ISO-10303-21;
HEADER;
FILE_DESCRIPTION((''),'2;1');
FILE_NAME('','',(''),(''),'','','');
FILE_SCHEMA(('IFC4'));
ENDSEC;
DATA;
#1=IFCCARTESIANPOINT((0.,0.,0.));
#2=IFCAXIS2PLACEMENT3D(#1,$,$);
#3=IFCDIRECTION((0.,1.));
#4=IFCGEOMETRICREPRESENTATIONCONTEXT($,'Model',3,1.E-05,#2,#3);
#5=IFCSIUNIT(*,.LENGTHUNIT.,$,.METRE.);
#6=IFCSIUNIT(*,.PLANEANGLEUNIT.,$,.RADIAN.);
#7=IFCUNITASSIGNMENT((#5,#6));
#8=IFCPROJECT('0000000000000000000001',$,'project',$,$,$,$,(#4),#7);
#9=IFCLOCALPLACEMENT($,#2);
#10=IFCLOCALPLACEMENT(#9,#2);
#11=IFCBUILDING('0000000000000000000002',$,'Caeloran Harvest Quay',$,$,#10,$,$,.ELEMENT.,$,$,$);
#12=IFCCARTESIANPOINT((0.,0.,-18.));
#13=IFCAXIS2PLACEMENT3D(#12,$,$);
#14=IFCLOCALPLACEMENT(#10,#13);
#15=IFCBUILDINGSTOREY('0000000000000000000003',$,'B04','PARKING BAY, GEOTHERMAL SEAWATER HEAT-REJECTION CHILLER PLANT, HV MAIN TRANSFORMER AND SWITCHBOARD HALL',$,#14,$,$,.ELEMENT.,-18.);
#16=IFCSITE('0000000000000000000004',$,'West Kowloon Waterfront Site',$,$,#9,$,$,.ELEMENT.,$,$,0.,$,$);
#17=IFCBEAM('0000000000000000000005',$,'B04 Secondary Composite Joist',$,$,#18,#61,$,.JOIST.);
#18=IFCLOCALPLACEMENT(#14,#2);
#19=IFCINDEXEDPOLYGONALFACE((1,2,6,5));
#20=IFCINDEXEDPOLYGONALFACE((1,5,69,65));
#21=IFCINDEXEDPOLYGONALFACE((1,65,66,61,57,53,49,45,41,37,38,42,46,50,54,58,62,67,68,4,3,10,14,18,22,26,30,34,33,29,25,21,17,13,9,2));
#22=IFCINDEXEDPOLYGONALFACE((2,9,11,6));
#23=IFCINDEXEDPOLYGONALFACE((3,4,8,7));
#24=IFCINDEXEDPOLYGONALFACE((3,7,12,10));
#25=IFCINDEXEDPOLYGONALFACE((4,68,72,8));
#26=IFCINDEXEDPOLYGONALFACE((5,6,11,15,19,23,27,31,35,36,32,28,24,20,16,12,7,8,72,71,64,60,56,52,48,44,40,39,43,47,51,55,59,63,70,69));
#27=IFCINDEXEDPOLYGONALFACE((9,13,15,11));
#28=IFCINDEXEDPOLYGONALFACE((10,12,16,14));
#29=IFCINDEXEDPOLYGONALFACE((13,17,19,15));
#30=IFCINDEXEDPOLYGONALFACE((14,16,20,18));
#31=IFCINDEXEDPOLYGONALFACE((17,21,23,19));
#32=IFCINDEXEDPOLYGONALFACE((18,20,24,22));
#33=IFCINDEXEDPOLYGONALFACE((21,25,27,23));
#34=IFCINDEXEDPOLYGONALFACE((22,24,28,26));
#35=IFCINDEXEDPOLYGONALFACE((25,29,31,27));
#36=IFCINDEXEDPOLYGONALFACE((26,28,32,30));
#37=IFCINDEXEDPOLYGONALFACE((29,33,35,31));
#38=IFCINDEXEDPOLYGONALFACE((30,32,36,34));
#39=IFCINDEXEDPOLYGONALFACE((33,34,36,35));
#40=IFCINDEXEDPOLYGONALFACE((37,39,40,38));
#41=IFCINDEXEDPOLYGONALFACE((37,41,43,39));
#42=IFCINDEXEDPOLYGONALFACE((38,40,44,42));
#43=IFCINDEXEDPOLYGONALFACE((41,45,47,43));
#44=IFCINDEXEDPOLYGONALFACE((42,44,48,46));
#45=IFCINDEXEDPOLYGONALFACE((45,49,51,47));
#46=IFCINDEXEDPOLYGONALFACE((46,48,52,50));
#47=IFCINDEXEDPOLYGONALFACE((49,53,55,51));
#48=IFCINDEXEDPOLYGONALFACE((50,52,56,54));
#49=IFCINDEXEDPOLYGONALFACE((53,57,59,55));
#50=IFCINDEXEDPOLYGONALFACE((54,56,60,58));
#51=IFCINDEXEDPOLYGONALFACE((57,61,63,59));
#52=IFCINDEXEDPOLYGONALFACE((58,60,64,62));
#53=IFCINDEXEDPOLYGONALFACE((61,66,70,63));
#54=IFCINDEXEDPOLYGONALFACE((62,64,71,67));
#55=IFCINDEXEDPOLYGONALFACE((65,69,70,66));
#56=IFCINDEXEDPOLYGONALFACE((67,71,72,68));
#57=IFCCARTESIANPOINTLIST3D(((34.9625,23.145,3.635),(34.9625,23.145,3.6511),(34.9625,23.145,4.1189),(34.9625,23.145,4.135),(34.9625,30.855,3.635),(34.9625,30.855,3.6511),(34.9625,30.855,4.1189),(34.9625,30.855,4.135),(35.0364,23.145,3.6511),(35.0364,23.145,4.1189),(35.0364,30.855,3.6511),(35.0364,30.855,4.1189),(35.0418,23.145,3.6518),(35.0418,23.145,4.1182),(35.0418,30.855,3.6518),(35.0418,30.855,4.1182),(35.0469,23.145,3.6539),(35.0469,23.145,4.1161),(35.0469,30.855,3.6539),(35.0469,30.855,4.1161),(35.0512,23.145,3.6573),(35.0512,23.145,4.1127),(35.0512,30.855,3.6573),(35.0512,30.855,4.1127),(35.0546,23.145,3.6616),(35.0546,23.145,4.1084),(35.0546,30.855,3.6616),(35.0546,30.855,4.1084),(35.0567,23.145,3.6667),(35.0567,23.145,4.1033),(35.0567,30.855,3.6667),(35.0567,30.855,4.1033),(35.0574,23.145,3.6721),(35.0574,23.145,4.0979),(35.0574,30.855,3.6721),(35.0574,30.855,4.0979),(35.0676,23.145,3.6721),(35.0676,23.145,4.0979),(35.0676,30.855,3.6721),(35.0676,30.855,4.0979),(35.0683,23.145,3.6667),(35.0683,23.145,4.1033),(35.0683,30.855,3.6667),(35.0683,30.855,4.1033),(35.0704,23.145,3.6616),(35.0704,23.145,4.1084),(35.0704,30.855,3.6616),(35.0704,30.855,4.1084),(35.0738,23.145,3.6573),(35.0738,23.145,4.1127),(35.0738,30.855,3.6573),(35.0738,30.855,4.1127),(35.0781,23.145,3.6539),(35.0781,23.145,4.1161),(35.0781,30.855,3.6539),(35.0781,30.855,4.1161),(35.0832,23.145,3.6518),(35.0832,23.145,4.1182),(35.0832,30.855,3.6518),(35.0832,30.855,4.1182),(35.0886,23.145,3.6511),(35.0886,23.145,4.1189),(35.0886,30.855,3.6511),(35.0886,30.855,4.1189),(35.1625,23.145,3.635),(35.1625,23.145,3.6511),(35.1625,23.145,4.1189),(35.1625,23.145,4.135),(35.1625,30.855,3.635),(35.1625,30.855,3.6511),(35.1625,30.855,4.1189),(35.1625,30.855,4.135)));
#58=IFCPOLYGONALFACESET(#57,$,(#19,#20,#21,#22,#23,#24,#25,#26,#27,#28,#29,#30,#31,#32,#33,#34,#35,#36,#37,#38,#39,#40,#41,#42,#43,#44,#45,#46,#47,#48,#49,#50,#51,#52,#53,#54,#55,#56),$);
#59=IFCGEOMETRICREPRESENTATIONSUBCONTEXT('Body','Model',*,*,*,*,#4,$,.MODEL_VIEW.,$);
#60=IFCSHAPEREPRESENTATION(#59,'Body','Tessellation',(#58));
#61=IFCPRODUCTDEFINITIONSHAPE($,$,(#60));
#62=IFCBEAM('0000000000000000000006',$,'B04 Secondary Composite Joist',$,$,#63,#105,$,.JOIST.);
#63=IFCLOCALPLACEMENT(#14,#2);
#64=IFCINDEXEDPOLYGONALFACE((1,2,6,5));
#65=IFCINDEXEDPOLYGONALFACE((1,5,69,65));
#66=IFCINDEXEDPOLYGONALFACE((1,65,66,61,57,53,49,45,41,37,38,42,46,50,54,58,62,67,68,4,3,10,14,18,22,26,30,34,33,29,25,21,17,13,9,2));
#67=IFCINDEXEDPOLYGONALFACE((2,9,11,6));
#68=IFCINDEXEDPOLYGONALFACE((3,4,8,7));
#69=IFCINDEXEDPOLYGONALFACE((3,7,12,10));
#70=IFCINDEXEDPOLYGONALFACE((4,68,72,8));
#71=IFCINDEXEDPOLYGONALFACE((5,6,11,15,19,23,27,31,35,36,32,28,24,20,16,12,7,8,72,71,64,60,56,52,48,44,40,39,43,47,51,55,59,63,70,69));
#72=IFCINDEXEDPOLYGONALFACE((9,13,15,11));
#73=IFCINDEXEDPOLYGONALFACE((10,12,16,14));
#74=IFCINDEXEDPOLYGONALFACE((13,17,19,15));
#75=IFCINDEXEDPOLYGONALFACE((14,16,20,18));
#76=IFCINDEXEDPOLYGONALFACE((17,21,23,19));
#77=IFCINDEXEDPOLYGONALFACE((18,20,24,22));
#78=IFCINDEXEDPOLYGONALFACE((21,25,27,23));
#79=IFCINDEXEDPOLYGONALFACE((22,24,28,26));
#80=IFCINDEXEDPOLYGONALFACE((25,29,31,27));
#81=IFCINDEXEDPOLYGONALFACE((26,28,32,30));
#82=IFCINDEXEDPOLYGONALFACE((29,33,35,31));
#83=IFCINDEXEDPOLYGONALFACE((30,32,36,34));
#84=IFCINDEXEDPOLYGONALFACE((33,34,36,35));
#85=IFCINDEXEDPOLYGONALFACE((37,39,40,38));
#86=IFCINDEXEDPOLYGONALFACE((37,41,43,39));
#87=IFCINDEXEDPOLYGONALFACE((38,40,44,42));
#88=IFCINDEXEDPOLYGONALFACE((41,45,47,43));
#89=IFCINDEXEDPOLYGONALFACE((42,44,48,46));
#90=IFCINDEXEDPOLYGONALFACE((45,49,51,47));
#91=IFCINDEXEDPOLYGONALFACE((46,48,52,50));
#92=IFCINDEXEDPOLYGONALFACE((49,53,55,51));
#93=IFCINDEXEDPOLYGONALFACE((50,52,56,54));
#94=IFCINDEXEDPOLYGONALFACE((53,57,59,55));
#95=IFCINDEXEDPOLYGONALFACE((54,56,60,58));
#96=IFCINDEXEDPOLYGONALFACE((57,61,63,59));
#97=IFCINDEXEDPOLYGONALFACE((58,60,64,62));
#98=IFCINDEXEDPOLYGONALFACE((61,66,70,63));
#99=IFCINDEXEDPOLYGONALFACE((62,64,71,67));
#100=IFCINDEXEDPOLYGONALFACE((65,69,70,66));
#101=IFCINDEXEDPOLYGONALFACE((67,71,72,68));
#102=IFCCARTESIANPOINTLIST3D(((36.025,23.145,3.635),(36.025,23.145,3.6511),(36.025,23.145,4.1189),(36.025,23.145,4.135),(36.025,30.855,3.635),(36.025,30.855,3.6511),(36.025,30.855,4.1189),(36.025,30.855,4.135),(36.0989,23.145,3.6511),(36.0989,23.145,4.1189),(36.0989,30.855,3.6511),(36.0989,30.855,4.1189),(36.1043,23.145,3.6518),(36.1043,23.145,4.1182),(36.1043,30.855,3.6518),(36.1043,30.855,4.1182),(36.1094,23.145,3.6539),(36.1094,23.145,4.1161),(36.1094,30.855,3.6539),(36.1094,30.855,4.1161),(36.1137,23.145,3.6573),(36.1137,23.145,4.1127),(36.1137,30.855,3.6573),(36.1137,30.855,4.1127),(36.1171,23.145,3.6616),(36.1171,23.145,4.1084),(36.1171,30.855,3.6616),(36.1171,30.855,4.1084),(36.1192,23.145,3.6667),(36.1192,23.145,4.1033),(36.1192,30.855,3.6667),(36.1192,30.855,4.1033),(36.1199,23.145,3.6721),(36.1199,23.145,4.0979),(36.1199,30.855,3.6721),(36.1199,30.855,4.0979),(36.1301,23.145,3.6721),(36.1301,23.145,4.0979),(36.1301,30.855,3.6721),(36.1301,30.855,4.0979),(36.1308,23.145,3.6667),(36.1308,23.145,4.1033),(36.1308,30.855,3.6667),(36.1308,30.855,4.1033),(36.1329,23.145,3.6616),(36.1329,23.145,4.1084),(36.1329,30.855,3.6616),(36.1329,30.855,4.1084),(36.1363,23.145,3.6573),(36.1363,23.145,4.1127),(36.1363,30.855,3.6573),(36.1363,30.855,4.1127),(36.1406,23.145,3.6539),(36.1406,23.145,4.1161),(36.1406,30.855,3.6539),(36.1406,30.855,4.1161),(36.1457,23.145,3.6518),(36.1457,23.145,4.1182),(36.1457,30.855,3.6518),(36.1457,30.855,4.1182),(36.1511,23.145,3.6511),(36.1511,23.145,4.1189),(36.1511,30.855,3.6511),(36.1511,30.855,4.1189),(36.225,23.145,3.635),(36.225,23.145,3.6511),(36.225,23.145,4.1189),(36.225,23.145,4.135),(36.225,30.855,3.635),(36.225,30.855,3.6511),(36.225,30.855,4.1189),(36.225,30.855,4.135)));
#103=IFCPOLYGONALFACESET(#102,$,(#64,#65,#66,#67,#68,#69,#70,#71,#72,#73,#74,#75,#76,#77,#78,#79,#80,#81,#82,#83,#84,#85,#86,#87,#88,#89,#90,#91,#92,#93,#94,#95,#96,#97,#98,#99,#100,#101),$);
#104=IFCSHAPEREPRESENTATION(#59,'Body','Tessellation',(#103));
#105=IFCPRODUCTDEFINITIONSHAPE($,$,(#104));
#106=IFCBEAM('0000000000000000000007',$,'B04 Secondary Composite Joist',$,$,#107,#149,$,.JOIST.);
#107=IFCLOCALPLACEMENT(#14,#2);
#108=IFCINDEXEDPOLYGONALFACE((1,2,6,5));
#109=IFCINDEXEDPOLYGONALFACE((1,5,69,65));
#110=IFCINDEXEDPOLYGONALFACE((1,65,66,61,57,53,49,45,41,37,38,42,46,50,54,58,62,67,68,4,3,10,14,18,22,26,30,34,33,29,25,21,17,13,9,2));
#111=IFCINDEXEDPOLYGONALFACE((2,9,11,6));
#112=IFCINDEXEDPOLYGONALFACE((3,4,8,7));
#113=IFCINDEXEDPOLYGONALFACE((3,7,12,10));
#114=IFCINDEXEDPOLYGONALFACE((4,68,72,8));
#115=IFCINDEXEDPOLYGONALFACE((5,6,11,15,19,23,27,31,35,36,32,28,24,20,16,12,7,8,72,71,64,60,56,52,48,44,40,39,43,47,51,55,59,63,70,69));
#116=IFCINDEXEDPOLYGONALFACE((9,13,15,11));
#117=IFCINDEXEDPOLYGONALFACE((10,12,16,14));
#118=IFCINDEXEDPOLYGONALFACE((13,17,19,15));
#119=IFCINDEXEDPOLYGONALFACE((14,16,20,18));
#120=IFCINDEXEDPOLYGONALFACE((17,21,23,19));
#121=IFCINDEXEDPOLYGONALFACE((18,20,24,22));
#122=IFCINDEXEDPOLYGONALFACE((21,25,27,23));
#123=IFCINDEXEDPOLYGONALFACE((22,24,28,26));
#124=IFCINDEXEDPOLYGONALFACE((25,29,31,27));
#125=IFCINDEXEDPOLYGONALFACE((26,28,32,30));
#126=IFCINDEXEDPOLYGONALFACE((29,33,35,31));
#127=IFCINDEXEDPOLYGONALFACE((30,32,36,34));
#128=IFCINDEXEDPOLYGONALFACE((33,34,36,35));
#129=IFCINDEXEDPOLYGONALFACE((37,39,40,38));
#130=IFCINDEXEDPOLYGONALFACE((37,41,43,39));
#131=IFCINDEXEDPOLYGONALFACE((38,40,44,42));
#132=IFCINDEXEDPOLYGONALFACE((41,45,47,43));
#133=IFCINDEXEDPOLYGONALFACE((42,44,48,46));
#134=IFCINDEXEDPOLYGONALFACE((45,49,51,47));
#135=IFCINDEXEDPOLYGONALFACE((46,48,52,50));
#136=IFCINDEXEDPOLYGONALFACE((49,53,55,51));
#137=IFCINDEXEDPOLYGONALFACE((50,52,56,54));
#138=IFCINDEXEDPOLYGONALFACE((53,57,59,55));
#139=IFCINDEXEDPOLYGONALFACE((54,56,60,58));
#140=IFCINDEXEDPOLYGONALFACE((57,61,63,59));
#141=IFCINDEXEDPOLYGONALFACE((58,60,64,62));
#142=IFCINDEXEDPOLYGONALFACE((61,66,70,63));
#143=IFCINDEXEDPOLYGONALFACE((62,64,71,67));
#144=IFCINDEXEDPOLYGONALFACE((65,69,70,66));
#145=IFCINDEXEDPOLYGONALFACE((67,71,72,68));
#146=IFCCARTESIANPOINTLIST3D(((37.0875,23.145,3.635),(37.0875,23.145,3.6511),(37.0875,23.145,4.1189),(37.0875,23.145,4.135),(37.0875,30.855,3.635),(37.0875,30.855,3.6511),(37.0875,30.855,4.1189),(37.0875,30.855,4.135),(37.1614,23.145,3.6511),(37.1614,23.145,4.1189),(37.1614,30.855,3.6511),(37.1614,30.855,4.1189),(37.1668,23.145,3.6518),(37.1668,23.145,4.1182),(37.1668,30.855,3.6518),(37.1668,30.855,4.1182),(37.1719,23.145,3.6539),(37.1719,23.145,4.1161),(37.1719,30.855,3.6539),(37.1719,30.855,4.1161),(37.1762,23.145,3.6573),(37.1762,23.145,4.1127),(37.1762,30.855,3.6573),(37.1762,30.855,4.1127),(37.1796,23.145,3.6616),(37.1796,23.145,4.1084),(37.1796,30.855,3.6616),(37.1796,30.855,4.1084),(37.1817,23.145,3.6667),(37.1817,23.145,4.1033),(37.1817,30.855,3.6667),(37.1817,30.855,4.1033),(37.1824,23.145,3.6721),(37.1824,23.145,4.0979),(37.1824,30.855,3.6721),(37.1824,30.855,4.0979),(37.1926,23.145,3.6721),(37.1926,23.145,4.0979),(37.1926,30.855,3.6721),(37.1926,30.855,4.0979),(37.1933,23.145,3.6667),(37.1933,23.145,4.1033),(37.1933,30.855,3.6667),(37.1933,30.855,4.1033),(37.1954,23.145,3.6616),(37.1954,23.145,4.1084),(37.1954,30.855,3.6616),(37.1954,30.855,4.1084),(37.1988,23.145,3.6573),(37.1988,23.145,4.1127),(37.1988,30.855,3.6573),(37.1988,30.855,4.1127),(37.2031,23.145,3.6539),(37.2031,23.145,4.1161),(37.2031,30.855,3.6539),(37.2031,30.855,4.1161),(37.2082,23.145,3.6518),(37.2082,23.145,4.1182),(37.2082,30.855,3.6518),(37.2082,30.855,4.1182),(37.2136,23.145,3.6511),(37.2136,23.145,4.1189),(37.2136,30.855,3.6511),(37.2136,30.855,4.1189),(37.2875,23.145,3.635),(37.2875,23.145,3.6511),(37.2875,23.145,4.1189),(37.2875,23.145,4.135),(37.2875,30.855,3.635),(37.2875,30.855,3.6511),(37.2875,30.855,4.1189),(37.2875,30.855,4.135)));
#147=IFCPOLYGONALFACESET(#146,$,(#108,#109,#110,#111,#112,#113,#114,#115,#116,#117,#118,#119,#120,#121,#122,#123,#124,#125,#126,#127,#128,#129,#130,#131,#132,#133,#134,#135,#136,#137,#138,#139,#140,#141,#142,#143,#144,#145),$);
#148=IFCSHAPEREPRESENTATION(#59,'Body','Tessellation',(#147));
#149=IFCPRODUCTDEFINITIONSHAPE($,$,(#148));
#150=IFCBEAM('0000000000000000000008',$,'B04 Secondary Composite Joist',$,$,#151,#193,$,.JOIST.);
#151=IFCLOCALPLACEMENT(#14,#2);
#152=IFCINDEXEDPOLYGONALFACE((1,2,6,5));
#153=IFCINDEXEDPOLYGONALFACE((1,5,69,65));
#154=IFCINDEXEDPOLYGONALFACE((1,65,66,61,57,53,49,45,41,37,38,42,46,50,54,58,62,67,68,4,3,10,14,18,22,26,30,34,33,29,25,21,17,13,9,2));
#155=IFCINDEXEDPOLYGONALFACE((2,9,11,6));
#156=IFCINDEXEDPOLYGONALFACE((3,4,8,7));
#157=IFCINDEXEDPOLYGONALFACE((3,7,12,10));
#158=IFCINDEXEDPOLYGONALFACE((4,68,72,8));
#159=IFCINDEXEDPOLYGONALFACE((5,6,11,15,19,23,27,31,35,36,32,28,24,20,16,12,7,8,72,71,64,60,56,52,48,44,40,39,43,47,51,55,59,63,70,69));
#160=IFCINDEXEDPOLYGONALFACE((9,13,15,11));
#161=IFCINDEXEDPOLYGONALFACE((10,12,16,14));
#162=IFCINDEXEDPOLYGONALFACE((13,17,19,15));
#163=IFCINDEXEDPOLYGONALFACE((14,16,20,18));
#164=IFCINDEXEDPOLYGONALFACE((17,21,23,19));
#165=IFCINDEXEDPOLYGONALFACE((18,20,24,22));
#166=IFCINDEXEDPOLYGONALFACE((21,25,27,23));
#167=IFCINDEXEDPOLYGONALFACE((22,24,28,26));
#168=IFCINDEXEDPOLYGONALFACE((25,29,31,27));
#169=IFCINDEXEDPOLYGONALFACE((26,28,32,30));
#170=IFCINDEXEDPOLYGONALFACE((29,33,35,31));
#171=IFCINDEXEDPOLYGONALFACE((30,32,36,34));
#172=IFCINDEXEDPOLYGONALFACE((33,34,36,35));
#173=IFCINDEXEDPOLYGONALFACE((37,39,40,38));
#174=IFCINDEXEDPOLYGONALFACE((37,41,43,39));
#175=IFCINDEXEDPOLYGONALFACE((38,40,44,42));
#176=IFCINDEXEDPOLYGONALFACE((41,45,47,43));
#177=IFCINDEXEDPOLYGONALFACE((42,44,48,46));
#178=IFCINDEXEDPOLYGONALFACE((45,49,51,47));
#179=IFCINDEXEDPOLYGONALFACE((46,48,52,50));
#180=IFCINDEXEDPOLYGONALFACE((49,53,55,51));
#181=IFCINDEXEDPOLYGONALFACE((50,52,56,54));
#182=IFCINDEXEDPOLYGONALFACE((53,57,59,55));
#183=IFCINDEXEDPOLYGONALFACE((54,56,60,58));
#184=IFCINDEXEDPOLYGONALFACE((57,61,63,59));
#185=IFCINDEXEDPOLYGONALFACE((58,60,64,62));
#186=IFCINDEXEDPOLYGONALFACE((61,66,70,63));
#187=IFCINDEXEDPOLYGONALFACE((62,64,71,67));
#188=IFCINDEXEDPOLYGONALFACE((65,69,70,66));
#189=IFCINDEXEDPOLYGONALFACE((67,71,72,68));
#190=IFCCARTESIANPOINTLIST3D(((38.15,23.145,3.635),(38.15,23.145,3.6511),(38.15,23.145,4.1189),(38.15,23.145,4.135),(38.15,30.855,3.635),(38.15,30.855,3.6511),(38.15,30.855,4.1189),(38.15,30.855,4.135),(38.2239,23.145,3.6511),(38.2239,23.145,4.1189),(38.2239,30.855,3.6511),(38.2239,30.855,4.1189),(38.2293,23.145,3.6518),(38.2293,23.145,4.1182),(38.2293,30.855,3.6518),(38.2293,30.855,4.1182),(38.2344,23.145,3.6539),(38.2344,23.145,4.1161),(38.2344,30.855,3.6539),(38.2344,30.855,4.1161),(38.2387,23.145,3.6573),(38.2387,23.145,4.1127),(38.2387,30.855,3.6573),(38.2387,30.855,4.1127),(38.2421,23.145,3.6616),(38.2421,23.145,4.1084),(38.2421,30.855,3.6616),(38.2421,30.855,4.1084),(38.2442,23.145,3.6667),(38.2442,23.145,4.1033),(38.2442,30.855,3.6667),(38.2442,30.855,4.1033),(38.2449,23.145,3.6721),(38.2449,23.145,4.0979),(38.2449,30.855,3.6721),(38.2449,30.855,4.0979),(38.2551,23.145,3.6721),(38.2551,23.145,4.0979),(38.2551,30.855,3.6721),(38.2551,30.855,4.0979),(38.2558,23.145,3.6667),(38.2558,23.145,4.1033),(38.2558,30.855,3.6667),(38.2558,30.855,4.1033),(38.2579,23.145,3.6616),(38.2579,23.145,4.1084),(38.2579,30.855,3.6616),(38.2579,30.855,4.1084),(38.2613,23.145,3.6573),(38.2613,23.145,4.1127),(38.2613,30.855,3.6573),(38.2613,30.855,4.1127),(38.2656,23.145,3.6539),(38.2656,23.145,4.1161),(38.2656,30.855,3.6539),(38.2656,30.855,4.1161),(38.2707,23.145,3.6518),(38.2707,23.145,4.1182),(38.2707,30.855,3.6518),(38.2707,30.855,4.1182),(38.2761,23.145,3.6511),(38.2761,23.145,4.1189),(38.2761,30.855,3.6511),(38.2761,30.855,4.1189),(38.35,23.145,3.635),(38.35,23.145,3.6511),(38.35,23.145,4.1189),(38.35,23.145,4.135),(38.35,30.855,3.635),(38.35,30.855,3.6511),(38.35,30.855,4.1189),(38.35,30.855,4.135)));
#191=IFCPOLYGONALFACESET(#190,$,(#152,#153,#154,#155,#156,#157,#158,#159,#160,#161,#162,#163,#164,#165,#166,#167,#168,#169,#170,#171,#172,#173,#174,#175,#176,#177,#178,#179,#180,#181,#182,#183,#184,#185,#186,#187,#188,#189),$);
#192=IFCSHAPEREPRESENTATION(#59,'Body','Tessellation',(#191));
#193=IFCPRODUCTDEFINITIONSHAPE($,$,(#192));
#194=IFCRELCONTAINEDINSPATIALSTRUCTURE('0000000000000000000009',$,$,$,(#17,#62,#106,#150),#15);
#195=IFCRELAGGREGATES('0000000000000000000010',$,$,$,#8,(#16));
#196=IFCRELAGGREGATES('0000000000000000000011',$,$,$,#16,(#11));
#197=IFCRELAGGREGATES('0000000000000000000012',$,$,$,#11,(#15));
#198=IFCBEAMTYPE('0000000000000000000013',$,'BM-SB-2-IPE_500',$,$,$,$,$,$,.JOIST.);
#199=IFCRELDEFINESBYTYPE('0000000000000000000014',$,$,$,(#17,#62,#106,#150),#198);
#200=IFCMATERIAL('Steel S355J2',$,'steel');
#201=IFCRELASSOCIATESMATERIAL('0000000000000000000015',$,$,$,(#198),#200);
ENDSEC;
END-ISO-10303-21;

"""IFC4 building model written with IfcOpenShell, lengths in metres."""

from ifc_helpers import new_model, si_unit, direction, frame, origin, origin_2d, place, context, subcontext, project, spatial, i_section, extrude, material, material_profile, profile_set, type_object, element, save


model = new_model("IFC4")

# Units and contexts
model_context = context("Model", 3, precision=1e-05, world=origin(), true_north=direction((0.0, 1.0)))
body_context = subcontext(model_context, "Body", "Model", "MODEL_VIEW")
ifc_project = project(units=[si_unit("LENGTHUNIT", "METRE"), si_unit("PLANEANGLEUNIT", "RADIAN")], contexts=[model_context])

# Site, building, storey
site_placement = place(None, origin())
site = spatial("IfcSite", under=ifc_project, at=site_placement, Name="West Kowloon Waterfront Site", CompositionType="ELEMENT", RefElevation=0.0)
building_placement = place(site_placement, origin())
building = spatial("IfcBuilding", under=site, at=building_placement, Name="Caeloran Harvest Quay", CompositionType="ELEMENT")
storey_placement = place(building_placement, frame((0.0, 0.0, -18.0)))
storey = spatial("IfcBuildingStorey", under=building, at=storey_placement, Name="B04", Description="PARKING BAY, GEOTHERMAL SEAWATER HEAT-REJECTION CHILLER PLANT, HV MAIN TRANSFORMER AND SWITCHBOARD HALL", CompositionType="ELEMENT", Elevation=-18.0)

# Beams
ifc_material_1 = material(Name="Steel S355J2", Category="steel")
ifc_material_profile_1 = material_profile(ifc_material_1, i_section(OverallWidth=0.2, OverallDepth=0.5, WebThickness=0.0103, FlangeThickness=0.0161, FilletRadius=0.021, at=origin_2d()), Name="IPE 500")
ifc_profile_set_1 = profile_set([ifc_material_profile_1], Name="Steel S355J2")
beam_type_1 = type_object("IfcBeamType", Name="BM-SB-2-IPE_500", PredefinedType="JOIST", material=ifc_profile_set_1)
for number, where, z_axis, x_axis, name in (
    (1, (35.0625, 23.145, 3.885), (0.0, 1.0, 0.0), (-1.0, 0.0, 0.0), "B04 Secondary Composite Joist"),
    (2, (36.125, 23.145, 3.885), (0.0, 1.0, 0.0), (-1.0, 0.0, 0.0), "B04 Secondary Composite Joist"),
    (3, (37.1875, 23.145, 3.885), (0.0, 1.0, 0.0), (-1.0, 0.0, 0.0), "B04 Secondary Composite Joist"),
    (4, (38.25, 23.145, 3.885), (0.0, 1.0, 0.0), (-1.0, 0.0, 0.0), "B04 Secondary Composite Joist"),
):
    element("IfcBeam", number, at=place(storey_placement, frame(where, z_axis=z_axis, x_axis=x_axis)), inside=storey, type_object=beam_type_1, Name=name, PredefinedType="JOIST", context=body_context, shape_type="SweptSolid", body=[
        extrude(i_section(OverallWidth=0.2, OverallDepth=0.5, WebThickness=0.0103, FlangeThickness=0.0161, FilletRadius=0.021, at=origin_2d()), origin(), (0.0, 0.0, 1.0), 7.71),
    ])

save(model, "model.ifc")
